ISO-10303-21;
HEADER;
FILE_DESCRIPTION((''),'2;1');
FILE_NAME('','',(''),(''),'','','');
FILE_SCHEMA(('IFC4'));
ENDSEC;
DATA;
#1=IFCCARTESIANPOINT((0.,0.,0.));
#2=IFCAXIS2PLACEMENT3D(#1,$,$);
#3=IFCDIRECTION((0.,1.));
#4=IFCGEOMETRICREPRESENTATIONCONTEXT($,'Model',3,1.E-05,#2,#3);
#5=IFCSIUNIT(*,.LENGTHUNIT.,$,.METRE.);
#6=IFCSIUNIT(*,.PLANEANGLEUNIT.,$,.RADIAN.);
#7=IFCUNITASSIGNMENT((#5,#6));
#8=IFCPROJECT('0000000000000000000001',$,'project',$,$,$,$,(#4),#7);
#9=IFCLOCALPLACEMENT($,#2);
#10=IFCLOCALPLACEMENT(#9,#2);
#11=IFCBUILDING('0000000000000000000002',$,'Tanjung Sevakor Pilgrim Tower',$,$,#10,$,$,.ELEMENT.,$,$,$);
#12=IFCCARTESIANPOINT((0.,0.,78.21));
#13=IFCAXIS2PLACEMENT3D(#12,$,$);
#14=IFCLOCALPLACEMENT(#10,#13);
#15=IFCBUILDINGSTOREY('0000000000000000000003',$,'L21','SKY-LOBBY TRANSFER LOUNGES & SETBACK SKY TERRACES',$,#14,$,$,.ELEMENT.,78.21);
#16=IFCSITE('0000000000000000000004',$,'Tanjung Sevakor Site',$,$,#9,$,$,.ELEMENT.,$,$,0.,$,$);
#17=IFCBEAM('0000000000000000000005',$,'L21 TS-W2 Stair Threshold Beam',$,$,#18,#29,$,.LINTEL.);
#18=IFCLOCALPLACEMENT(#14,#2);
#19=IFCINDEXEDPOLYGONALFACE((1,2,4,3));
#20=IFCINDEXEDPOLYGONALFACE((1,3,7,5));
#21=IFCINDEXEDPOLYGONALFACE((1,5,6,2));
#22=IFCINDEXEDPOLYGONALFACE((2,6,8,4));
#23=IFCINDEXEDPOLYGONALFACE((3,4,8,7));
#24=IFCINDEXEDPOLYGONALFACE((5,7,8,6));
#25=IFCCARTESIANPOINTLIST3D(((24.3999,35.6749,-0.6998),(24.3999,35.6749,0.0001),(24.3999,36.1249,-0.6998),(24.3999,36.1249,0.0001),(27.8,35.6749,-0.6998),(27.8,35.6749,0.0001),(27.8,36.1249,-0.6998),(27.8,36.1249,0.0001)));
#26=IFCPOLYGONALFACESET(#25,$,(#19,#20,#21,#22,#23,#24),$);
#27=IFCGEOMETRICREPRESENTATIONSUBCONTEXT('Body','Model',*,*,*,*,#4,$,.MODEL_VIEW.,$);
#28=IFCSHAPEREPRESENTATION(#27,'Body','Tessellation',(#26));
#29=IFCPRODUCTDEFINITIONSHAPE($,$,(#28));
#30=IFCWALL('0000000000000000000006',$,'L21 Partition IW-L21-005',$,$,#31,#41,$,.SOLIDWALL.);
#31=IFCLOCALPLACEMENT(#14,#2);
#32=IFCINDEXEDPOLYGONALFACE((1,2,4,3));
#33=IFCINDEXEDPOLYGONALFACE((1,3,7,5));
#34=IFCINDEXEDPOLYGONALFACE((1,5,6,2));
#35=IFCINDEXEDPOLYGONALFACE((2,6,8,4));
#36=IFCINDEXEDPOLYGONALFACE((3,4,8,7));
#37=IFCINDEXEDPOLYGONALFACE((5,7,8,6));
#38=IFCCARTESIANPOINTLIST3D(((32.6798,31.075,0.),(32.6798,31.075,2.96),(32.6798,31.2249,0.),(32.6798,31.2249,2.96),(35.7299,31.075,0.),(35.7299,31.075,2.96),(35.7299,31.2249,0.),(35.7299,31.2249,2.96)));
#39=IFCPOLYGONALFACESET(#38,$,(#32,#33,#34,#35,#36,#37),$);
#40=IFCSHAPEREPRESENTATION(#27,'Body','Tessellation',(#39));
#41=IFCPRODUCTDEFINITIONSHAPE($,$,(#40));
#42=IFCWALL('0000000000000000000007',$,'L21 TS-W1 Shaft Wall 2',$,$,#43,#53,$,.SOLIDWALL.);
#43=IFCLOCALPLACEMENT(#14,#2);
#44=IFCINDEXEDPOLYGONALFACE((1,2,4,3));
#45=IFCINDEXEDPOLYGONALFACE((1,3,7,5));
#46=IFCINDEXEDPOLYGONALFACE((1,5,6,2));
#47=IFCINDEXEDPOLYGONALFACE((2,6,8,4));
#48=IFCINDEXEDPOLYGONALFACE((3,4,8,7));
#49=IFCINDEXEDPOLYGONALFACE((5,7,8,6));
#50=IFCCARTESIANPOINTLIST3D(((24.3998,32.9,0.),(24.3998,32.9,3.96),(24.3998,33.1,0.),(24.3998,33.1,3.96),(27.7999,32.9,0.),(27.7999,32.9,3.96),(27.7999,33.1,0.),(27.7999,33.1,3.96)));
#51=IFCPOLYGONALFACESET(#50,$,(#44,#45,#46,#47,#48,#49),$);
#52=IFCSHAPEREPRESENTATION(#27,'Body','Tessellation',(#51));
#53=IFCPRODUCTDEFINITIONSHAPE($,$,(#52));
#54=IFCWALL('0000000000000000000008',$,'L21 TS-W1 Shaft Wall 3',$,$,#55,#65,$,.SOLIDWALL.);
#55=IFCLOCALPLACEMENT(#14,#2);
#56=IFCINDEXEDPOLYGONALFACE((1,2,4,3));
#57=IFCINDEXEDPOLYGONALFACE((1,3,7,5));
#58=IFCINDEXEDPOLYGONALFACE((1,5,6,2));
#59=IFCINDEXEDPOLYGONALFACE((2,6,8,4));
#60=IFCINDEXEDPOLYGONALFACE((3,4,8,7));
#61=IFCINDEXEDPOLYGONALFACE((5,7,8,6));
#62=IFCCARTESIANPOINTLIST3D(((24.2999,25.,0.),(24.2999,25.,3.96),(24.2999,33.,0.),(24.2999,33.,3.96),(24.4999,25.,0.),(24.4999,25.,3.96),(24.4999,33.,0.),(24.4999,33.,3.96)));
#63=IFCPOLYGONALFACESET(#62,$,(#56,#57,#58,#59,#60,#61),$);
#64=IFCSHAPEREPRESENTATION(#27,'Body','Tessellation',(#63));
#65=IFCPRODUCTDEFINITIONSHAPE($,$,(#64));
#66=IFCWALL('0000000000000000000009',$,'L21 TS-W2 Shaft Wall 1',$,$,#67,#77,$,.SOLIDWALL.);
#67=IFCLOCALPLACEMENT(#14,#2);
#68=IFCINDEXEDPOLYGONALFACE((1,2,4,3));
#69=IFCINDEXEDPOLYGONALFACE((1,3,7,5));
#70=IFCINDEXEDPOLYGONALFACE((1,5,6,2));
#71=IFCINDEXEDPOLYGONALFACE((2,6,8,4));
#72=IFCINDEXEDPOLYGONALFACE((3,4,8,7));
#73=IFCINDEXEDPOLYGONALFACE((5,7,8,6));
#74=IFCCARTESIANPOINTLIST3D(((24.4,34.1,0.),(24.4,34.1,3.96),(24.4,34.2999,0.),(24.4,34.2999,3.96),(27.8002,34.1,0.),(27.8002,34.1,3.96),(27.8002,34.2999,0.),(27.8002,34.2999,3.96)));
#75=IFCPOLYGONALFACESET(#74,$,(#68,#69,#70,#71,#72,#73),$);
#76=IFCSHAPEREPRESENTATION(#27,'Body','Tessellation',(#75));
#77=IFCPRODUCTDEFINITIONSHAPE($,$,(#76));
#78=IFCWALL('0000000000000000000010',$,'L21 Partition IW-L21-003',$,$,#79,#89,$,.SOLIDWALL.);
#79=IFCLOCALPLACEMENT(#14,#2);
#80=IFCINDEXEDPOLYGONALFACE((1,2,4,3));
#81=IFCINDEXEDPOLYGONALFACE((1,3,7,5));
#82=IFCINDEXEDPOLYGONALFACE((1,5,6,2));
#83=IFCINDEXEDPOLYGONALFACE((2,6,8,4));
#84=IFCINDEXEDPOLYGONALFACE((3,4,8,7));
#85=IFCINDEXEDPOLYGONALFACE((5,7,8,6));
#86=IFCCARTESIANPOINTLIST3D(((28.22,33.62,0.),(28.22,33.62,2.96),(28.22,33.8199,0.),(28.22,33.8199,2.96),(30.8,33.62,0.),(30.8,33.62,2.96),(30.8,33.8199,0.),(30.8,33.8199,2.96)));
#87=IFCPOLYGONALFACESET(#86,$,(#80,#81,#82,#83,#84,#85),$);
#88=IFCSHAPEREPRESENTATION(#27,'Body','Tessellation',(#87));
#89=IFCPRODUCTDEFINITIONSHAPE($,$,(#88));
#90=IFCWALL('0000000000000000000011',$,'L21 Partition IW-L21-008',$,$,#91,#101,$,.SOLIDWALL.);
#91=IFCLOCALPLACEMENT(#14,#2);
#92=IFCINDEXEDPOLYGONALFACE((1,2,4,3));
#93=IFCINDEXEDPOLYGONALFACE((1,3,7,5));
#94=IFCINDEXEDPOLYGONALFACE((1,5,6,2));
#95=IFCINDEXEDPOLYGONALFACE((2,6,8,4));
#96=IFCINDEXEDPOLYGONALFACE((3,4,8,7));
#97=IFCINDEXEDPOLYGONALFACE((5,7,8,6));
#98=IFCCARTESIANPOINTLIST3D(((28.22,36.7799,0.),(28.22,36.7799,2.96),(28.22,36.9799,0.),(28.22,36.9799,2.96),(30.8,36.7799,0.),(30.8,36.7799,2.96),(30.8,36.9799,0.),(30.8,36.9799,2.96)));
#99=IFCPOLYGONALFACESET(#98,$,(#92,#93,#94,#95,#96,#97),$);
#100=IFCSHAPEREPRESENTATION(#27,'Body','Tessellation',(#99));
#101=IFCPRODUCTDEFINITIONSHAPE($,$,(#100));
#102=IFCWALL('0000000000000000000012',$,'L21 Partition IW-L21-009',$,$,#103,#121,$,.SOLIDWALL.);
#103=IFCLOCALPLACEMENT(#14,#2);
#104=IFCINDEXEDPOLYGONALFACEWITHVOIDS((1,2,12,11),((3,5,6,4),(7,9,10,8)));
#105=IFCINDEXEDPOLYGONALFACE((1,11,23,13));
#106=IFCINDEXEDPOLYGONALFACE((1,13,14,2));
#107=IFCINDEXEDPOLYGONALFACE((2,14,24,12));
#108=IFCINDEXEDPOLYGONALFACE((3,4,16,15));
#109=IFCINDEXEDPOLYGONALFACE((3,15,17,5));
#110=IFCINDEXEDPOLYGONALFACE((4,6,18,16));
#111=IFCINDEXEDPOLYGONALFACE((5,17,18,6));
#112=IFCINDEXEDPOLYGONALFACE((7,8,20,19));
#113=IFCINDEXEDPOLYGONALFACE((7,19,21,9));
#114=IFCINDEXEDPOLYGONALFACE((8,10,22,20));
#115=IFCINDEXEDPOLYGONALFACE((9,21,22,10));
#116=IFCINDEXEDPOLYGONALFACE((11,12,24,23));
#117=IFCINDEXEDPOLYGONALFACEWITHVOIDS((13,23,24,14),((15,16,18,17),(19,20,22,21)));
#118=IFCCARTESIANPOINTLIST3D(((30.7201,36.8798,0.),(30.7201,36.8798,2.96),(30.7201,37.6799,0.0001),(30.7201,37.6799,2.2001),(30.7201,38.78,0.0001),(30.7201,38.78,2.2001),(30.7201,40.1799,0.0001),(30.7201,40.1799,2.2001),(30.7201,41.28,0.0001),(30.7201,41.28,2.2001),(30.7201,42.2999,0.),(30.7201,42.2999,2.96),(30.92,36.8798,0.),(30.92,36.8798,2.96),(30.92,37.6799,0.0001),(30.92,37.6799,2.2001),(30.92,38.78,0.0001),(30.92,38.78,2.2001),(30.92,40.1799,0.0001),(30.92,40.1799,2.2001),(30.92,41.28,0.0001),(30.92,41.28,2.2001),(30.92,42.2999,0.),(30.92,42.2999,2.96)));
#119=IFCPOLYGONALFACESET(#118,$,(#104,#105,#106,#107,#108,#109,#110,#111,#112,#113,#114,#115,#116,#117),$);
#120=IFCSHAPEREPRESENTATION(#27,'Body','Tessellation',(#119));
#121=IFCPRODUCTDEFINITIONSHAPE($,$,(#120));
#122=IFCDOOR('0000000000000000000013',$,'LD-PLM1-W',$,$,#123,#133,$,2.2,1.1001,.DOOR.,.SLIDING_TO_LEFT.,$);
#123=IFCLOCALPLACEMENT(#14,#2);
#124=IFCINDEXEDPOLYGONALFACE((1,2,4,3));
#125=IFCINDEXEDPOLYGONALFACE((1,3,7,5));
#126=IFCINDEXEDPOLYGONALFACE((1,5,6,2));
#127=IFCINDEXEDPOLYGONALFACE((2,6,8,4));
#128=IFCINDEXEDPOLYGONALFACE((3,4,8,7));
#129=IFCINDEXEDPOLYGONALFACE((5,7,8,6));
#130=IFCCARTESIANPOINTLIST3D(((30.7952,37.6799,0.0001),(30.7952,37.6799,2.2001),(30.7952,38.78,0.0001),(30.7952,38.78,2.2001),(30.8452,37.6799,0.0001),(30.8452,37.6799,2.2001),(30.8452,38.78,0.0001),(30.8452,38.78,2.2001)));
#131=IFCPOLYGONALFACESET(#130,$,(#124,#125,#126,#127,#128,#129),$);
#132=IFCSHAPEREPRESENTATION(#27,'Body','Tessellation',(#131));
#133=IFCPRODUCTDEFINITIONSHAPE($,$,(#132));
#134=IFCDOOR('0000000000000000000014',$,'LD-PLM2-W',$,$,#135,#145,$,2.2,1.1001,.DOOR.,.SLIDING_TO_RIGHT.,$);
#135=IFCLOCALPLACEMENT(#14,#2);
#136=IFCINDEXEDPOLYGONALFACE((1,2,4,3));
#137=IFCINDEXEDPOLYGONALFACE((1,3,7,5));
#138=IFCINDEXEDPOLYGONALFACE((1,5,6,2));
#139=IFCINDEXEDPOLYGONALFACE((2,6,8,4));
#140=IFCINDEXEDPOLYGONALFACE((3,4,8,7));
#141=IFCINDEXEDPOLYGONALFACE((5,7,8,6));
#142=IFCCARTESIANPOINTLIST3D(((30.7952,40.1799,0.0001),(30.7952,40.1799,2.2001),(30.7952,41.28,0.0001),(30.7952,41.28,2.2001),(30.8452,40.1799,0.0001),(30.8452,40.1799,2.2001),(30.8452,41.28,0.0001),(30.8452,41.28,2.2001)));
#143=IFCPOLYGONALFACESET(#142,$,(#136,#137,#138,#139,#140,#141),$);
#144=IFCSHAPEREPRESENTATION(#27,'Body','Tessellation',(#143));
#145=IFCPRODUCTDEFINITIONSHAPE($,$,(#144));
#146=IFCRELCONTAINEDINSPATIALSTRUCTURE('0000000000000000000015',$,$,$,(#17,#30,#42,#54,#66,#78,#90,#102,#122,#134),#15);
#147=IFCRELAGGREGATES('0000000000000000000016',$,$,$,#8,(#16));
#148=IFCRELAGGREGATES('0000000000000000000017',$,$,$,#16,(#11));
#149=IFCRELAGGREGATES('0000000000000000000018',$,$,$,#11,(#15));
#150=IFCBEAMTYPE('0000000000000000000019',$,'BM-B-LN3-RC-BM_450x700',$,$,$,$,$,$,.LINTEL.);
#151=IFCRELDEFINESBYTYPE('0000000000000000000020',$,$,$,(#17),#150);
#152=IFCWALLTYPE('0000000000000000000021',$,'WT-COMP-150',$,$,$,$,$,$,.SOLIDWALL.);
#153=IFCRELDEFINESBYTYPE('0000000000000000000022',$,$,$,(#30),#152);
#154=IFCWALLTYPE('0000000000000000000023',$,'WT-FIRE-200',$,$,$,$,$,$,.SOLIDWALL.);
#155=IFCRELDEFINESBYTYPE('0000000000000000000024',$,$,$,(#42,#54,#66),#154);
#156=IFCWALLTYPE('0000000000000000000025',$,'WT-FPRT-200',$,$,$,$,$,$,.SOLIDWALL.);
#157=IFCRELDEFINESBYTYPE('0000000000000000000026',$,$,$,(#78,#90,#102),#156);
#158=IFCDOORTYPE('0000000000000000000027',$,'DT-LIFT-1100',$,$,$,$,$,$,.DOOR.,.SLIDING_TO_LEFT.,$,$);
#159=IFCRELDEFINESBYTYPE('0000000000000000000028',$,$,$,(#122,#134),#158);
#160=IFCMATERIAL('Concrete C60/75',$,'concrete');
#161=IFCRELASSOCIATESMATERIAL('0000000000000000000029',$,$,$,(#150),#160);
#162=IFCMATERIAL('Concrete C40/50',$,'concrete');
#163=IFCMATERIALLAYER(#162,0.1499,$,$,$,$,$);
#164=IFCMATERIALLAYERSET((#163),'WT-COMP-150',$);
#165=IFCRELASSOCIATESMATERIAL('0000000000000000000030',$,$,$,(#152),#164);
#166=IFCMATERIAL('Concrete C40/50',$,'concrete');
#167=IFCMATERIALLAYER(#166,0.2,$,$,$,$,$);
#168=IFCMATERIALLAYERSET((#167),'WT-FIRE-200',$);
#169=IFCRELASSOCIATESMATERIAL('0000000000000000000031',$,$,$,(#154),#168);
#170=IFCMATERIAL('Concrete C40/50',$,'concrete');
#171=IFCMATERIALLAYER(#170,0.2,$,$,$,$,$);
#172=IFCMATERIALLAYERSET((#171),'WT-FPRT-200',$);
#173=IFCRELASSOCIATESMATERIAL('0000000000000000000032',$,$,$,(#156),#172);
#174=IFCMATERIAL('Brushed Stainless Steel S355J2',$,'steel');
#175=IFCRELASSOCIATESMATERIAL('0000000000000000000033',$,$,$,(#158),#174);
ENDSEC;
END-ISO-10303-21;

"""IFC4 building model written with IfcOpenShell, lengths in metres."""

from ifc_helpers import new_model, si_unit, direction, frame, frame_2d, origin, origin_2d, place, context, subcontext, project, spatial, rectangle, extrude, material, layer, layer_set, material_profile, profile_set, type_object, element, fill, save


model = new_model("IFC4")

# Units and contexts
model_context = context("Model", 3, precision=1e-05, world=origin(), true_north=direction((0.0, 1.0)))
body_context = subcontext(model_context, "Body", "Model", "MODEL_VIEW")
ifc_project = project(units=[si_unit("LENGTHUNIT", "METRE"), si_unit("PLANEANGLEUNIT", "RADIAN")], contexts=[model_context])

# Site, building, storey
site_placement = place(None, origin())
site = spatial("IfcSite", under=ifc_project, at=site_placement, Name="Tanjung Sevakor Site", CompositionType="ELEMENT", RefElevation=0.0)
building_placement = place(site_placement, origin())
building = spatial("IfcBuilding", under=site, at=building_placement, Name="Tanjung Sevakor Pilgrim Tower", CompositionType="ELEMENT")
storey_placement = place(building_placement, frame((0.0, 0.0, 78.21)))
storey = spatial("IfcBuildingStorey", under=building, at=storey_placement, Name="L21", Description="SKY-LOBBY TRANSFER LOUNGES & SETBACK SKY TERRACES", CompositionType="ELEMENT", Elevation=78.21)

# Beam
ifc_material_1 = material(Name="Concrete C60/75", Category="concrete")
ifc_material_profile = material_profile(ifc_material_1, rectangle(XDim=0.45, YDim=0.7, at=origin_2d()))
ifc_profile_set = profile_set([ifc_material_profile], Name="Concrete C60/75")
beam_type = type_object("IfcBeamType", Name="BM-B-LN3-RC-BM_450x700", PredefinedType="LINTEL", material=ifc_profile_set)
beam_placement = place(storey_placement, frame((24.3999, 35.8999, -0.3499), z_axis=(1.0, 0.0, 0.0), x_axis=(0.0, 1.0, 0.0)))
element("IfcBeam", 1, at=beam_placement, inside=storey, type_object=beam_type, Name="L21 TS-W2 Stair Threshold Beam", PredefinedType="LINTEL", context=body_context, shape_type="SweptSolid", body=[
    extrude(rectangle(XDim=0.45, YDim=0.7, at=origin_2d()), origin(), (0.0, 0.0, 1.0), 3.4001),
])

# Walls
ifc_material_2 = material(Name="Concrete C40/50", Category="concrete")
ifc_layer_1 = layer(ifc_material_2, 0.1499)
ifc_layer_set_1 = layer_set([ifc_layer_1], Name="WT-COMP-150")
wall_type_1 = type_object("IfcWallType", Name="WT-COMP-150", PredefinedType="SOLIDWALL", material=ifc_layer_set_1)
wall_1_placement = place(storey_placement, frame((32.6799, 31.1499, 0.0), z_axis=(0.0, 0.0, 1.0), x_axis=(1.0, 0.0, 0.0)))
element("IfcWall", 2, at=wall_1_placement, inside=storey, type_object=wall_type_1, Name="L21 Partition IW-L21-005", PredefinedType="SOLIDWALL", context=body_context, shape_type="SweptSolid", body=[
    extrude(rectangle(XDim=3.05, YDim=0.1499, at=frame_2d((1.5249, 0.0))), origin(), (0.0, 0.0, 1.0), 2.96),
])
ifc_material_3 = material(Name="Concrete C40/50", Category="concrete")
ifc_layer_2 = layer(ifc_material_3, 0.2)
ifc_layer_set_2 = layer_set([ifc_layer_2], Name="WT-FIRE-200")
wall_type_2 = type_object("IfcWallType", Name="WT-FIRE-200", PredefinedType="SOLIDWALL", material=ifc_layer_set_2)
wall_2_placement = place(storey_placement, frame((27.8, 33.0, 0.0), z_axis=(0.0, 0.0, 1.0), x_axis=(-1.0, 0.0, 0.0)))
element("IfcWall", 3, at=wall_2_placement, inside=storey, type_object=wall_type_2, Name="L21 TS-W1 Shaft Wall 2", PredefinedType="SOLIDWALL", context=body_context, shape_type="SweptSolid", body=[
    extrude(rectangle(XDim=3.4001, YDim=0.2, at=frame_2d((1.7002, 0.0))), origin(), (0.0, 0.0, 1.0), 3.96),
])
wall_3_placement = place(storey_placement, frame((24.3999, 33.0, 0.0), z_axis=(0.0, 0.0, 1.0), x_axis=(0.0, -1.0, 0.0)))
element("IfcWall", 4, at=wall_3_placement, inside=storey, type_object=wall_type_2, Name="L21 TS-W1 Shaft Wall 3", PredefinedType="SOLIDWALL", context=body_context, shape_type="SweptSolid", body=[
    extrude(rectangle(XDim=8.0, YDim=0.2, at=frame_2d((4.0, 0.0))), origin(), (0.0, 0.0, 1.0), 3.96),
])
wall_4_placement = place(storey_placement, frame((24.3999, 34.2, 0.0), z_axis=(0.0, 0.0, 1.0), x_axis=(1.0, 0.0, 0.0)))
element("IfcWall", 5, at=wall_4_placement, inside=storey, type_object=wall_type_2, Name="L21 TS-W2 Shaft Wall 1", PredefinedType="SOLIDWALL", context=body_context, shape_type="SweptSolid", body=[
    extrude(rectangle(XDim=3.4001, YDim=0.2, at=frame_2d((1.7002, 0.0))), origin(), (0.0, 0.0, 1.0), 3.96),
])
ifc_material_4 = material(Name="Concrete C40/50", Category="concrete")
ifc_layer_3 = layer(ifc_material_4, 0.2)
ifc_layer_set_3 = layer_set([ifc_layer_3], Name="WT-FPRT-200")
wall_type_3 = type_object("IfcWallType", Name="WT-FPRT-200", PredefinedType="SOLIDWALL", material=ifc_layer_set_3)
for number, where, z_axis, x_axis, name in (
    (6, (28.22, 33.72, 0.0), (0.0, 0.0, 1.0), (1.0, 0.0, 0.0), "L21 Partition IW-L21-003"),
    (7, (28.22, 36.8799, 0.0), (0.0, 0.0, 1.0), (1.0, 0.0, 0.0), "L21 Partition IW-L21-008"),
):
    element("IfcWall", number, at=place(storey_placement, frame(where, z_axis=z_axis, x_axis=x_axis)), inside=storey, type_object=wall_type_3, Name=name, PredefinedType="SOLIDWALL", context=body_context, shape_type="SweptSolid", body=[
        extrude(rectangle(XDim=2.5801, YDim=0.2, at=frame_2d((1.29, 0.0))), origin(), (0.0, 0.0, 1.0), 2.96),
    ])

# Wall, openings, doors
wall_5_placement = place(storey_placement, frame((30.8201, 36.8799, 0.0), z_axis=(0.0, 0.0, 1.0), x_axis=(0.0, 1.0, 0.0)))
wall_5 = element("IfcWall", 8, at=wall_5_placement, inside=storey, type_object=wall_type_3, Name="L21 Partition IW-L21-009", PredefinedType="SOLIDWALL", context=body_context, shape_type="SweptSolid", body=[
    extrude(rectangle(XDim=5.4202, YDim=0.2, at=frame_2d((2.71, 0.0))), origin(), (0.0, 0.0, 1.0), 2.96),
])
opening_1_placement = place(wall_5_placement, frame((0.8, 0.0, 0.0)))
opening_1 = element("IfcOpeningElement", 9, at=opening_1_placement, cuts=wall_5, PredefinedType="OPENING", context=body_context, shape_type="SweptSolid", body=[
    extrude(rectangle(XDim=1.1001, YDim=2.2, at=frame_2d((0.55, 1.1001))), frame((0.0, 0.1099, 0.0), z_axis=(0.0, -1.0, 0.0), x_axis=(1.0, 0.0, 0.0)), (0.0, 0.0, 1.0), 0.22),
])
opening_2_placement = place(wall_5_placement, frame((3.3, 0.0, 0.0)))
opening_2 = element("IfcOpeningElement", 10, at=opening_2_placement, cuts=wall_5, PredefinedType="OPENING", context=body_context, shape_type="SweptSolid", body=[
    extrude(rectangle(XDim=1.1001, YDim=2.2, at=frame_2d((0.55, 1.1001))), frame((0.0, 0.1099, 0.0), z_axis=(0.0, -1.0, 0.0), x_axis=(1.0, 0.0, 0.0)), (0.0, 0.0, 1.0), 0.22),
])
ifc_material_5 = material(Name="Brushed Stainless Steel S355J2", Category="steel")
door_type = type_object("IfcDoorType", Name="DT-LIFT-1100", OperationType="SLIDING_TO_LEFT", PredefinedType="DOOR", material=ifc_material_5)
door_1_placement = place(opening_1_placement, origin())
door_1 = element("IfcDoor", 11, at=door_1_placement, inside=storey, type_object=door_type, Name="LD-PLM1-W", OperationType="SLIDING_TO_LEFT", OverallHeight=2.2, OverallWidth=1.1001, PredefinedType="DOOR", context=body_context, shape_type="SweptSolid", body=[
    extrude(rectangle(XDim=1.1001, YDim=2.2, at=frame_2d((0.55, 1.1001))), frame((0.0, 0.0249, 0.0), z_axis=(0.0, -1.0, 0.0), x_axis=(1.0, 0.0, 0.0)), (0.0, 0.0, 1.0), 0.05),
])
fill(opening_1, door_1)
door_2_placement = place(opening_2_placement, origin())
door_2 = element("IfcDoor", 12, at=door_2_placement, inside=storey, type_object=door_type, Name="LD-PLM2-W", OperationType="SLIDING_TO_RIGHT", OverallHeight=2.2, OverallWidth=1.1001, PredefinedType="DOOR", context=body_context, shape_type="SweptSolid", body=[
    extrude(rectangle(XDim=1.1001, YDim=2.2, at=frame_2d((0.55, 1.1001))), frame((0.0, 0.0249, 0.0), z_axis=(0.0, -1.0, 0.0), x_axis=(1.0, 0.0, 0.0)), (0.0, 0.0, 1.0), 0.05),
])
fill(opening_2, door_2)

save(model, "model.ifc")
